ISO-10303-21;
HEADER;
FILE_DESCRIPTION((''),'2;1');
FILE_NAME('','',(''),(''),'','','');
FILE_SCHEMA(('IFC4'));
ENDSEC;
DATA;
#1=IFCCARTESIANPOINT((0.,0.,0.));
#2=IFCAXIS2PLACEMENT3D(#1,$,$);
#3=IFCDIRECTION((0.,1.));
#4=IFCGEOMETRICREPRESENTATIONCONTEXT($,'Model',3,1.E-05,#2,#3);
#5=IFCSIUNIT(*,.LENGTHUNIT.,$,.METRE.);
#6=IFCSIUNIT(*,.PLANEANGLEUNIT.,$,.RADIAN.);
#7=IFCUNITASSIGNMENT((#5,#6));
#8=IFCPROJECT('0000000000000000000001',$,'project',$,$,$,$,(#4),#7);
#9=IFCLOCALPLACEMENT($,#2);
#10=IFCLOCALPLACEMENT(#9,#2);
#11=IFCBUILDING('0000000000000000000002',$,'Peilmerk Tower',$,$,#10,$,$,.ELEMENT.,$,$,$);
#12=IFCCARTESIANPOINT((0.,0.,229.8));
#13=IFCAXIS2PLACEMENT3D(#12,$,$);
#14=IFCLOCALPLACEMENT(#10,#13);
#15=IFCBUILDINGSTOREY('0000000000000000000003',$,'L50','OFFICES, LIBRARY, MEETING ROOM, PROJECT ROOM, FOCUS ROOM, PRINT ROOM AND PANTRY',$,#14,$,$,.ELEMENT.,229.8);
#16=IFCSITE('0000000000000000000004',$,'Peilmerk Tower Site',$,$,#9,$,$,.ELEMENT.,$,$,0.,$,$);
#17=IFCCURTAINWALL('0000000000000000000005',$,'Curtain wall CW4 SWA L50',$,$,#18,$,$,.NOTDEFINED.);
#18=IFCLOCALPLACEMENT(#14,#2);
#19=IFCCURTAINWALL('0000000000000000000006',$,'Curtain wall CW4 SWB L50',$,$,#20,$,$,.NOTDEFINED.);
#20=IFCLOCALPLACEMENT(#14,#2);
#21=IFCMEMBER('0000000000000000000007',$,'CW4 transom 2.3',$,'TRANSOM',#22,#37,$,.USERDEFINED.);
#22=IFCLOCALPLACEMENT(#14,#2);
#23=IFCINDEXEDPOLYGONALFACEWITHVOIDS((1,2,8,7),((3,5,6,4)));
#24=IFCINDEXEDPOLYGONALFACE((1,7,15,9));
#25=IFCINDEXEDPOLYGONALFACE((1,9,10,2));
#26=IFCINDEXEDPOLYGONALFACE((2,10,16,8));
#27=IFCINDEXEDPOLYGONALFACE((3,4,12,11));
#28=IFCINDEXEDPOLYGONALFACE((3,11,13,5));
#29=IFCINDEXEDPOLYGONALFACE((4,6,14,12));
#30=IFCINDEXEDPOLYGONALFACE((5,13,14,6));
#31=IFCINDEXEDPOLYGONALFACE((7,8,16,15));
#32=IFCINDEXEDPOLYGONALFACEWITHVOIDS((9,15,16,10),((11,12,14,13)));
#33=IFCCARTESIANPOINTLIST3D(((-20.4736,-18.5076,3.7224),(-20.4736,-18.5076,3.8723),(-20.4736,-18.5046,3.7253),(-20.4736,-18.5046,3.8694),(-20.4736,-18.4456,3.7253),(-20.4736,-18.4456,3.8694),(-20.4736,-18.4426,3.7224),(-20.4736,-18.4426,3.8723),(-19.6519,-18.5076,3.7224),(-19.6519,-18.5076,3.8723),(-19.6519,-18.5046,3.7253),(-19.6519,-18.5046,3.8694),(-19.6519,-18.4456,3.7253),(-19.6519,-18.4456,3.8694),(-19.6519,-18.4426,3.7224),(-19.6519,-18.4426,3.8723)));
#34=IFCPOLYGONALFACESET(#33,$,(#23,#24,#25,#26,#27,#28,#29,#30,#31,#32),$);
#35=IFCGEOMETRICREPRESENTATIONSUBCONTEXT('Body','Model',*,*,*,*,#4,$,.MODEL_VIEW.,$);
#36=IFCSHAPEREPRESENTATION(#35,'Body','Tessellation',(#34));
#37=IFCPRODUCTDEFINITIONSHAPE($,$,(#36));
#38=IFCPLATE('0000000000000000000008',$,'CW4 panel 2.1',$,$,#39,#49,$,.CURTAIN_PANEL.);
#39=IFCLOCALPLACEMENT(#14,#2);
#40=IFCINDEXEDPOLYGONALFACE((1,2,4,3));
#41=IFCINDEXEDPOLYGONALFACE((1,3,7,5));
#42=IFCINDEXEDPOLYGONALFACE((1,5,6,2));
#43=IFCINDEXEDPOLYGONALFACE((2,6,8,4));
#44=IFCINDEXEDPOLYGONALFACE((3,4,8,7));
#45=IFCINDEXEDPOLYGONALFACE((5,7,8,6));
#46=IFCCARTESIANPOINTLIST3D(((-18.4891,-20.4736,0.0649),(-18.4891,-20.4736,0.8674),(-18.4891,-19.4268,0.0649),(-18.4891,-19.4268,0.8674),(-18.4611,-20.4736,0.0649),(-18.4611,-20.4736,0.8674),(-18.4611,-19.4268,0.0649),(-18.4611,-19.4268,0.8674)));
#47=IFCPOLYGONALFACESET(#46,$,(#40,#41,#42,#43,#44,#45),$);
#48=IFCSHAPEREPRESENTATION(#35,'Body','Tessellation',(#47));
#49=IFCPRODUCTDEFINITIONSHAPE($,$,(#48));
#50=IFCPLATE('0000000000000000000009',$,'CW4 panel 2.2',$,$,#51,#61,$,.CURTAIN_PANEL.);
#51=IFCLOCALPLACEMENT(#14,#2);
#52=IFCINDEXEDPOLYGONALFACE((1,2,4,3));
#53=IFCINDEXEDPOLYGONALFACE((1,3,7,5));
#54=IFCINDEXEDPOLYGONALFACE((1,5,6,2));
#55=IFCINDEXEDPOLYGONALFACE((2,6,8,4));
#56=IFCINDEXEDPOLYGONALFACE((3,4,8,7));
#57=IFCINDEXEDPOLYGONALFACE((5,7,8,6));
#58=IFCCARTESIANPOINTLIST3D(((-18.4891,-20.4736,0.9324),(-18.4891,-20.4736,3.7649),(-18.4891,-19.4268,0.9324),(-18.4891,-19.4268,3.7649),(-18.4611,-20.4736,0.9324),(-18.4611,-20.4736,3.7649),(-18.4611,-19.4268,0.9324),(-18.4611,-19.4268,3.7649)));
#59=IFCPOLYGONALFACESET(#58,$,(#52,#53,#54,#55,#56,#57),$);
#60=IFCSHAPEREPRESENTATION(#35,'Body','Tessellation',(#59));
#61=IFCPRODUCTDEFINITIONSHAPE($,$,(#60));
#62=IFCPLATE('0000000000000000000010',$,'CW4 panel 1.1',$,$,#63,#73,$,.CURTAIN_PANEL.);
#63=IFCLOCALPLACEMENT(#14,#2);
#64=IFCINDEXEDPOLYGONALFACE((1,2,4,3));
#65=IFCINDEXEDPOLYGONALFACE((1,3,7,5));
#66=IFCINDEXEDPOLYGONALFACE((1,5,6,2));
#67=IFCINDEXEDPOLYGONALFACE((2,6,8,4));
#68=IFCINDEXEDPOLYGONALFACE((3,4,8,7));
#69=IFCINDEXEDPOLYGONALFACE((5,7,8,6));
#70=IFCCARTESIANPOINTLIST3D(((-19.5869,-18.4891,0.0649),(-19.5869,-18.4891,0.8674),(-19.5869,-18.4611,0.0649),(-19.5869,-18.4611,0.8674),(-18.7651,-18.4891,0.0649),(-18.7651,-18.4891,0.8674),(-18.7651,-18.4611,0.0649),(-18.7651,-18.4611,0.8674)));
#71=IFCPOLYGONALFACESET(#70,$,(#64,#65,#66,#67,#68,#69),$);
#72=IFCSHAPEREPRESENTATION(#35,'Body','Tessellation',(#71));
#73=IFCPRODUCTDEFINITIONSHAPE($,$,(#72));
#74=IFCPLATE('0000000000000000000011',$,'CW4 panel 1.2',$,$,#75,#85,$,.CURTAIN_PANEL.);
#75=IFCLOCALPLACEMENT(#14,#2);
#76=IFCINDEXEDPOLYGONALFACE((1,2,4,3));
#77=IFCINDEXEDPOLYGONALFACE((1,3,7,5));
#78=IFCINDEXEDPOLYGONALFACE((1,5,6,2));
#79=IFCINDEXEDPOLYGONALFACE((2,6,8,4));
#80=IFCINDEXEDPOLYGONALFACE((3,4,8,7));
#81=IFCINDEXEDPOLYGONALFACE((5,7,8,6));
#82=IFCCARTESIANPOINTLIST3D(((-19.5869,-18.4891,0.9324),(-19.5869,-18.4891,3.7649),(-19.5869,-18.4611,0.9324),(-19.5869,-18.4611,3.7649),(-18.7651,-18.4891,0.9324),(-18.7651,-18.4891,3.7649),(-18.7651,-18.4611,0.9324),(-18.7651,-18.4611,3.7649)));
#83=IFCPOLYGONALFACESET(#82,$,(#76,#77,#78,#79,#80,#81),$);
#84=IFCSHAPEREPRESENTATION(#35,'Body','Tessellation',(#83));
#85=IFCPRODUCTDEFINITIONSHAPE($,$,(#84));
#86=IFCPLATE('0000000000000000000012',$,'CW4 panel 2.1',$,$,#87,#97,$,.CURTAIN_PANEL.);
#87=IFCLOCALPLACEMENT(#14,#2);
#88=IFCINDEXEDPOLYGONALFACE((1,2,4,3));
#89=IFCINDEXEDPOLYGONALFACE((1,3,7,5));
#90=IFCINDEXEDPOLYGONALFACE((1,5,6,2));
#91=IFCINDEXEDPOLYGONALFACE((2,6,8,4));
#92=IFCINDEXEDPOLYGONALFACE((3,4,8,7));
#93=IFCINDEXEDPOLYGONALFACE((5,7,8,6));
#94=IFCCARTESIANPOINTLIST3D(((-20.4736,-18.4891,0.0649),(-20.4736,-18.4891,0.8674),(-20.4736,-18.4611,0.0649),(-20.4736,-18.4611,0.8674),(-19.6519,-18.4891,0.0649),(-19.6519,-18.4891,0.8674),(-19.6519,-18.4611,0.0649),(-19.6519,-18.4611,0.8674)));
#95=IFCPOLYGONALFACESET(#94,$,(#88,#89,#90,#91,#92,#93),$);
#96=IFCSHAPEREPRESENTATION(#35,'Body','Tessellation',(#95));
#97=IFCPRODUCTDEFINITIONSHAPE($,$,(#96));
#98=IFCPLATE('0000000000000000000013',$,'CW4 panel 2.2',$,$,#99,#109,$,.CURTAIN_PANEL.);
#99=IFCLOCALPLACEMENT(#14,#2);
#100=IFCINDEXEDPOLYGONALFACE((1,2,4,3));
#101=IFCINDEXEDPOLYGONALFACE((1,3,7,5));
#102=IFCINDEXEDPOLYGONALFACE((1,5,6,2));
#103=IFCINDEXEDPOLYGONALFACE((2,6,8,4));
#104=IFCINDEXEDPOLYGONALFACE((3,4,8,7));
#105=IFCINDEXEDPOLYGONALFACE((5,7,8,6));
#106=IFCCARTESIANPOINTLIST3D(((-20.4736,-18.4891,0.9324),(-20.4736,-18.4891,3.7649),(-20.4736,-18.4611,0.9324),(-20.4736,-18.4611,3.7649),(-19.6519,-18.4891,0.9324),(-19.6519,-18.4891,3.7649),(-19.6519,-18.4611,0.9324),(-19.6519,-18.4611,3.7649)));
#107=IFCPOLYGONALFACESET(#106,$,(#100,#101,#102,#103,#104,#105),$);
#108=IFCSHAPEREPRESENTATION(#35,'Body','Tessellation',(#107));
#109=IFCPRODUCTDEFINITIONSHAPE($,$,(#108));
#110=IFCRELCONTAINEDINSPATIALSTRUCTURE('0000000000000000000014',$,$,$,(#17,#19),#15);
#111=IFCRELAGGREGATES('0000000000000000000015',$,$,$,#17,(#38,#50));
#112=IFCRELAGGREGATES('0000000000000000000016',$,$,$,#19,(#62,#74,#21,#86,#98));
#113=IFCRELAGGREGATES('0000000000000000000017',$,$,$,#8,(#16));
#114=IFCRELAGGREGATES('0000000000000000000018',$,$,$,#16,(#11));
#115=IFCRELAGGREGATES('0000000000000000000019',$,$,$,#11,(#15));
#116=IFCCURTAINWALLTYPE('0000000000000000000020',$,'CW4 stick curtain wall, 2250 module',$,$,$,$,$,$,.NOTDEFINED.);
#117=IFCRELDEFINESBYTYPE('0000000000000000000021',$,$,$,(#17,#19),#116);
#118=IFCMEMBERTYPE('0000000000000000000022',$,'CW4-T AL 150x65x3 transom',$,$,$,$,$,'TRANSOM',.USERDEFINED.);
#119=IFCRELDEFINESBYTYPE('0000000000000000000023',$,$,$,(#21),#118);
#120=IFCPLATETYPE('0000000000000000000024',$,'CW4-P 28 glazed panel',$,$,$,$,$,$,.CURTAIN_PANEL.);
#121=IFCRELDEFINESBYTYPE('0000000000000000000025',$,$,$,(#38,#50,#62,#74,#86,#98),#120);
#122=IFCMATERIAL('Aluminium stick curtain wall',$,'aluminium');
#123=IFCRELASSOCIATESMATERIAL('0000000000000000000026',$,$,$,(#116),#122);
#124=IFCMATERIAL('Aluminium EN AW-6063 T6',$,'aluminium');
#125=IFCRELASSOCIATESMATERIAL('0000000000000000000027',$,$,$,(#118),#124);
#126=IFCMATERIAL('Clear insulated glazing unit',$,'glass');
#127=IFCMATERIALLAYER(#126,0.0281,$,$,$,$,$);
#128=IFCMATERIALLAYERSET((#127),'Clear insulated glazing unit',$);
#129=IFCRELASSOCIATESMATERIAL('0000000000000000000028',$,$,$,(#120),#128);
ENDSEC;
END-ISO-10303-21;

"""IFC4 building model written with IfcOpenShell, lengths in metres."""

from ifc_helpers import new_model, si_unit, direction, frame, origin, origin_2d, place, context, subcontext, project, spatial, rectangle, hollow_rectangle, extrude, material, layer, layer_set, material_profile, profile_set, type_object, element, aggregate, save


model = new_model("IFC4")

# Units and contexts
model_context = context("Model", 3, precision=1e-05, world=origin(), true_north=direction((0.0, 1.0)))
body_context = subcontext(model_context, "Body", "Model", "MODEL_VIEW")
ifc_project = project(units=[si_unit("LENGTHUNIT", "METRE"), si_unit("PLANEANGLEUNIT", "RADIAN")], contexts=[model_context])

# Site, building, storey
site_placement = place(None, origin())
site = spatial("IfcSite", under=ifc_project, at=site_placement, Name="Peilmerk Tower Site", CompositionType="ELEMENT", RefElevation=0.0)
building_placement = place(site_placement, origin())
building = spatial("IfcBuilding", under=site, at=building_placement, Name="Peilmerk Tower", CompositionType="ELEMENT")
storey_placement = place(building_placement, frame((0.0, 0.0, 229.8)))
storey = spatial("IfcBuildingStorey", under=building, at=storey_placement, Name="L50", Description="OFFICES, LIBRARY, MEETING ROOM, PROJECT ROOM, FOCUS ROOM, PRINT ROOM AND PANTRY", CompositionType="ELEMENT", Elevation=229.8)

# Curtain wall
ifc_material_1 = material(Name="Aluminium stick curtain wall", Category="aluminium")
curtain_wall_type = type_object("IfcCurtainWallType", Name="CW4 stick curtain wall, 2250 module", PredefinedType="NOTDEFINED", material=ifc_material_1)
curtain_wall_1_placement = place(storey_placement, origin())
curtain_wall_1 = element("IfcCurtainWall", 1, at=curtain_wall_1_placement, inside=storey, type_object=curtain_wall_type, Name="Curtain wall CW4 SWA L50", PredefinedType="NOTDEFINED")
ifc_material_2 = material(Name="Aluminium EN AW-6063 T6", Category="aluminium")

# Curtain wall
curtain_wall_2_placement = place(storey_placement, origin())
curtain_wall_2 = element("IfcCurtainWall", 2, at=curtain_wall_2_placement, inside=storey, type_object=curtain_wall_type, Name="Curtain wall CW4 SWB L50", PredefinedType="NOTDEFINED")

# Member
ifc_material_profile_1 = material_profile(ifc_material_2, hollow_rectangle(XDim=0.0649, YDim=0.1499, WallThickness=0.0029, at=origin_2d()), Name="AL 150x65x3")
ifc_profile_set_1 = profile_set([ifc_material_profile_1], Name="Aluminium EN AW-6063 T6")
member_type_1 = type_object("IfcMemberType", Name="CW4-T AL 150x65x3 transom", ElementType="TRANSOM", PredefinedType="USERDEFINED", material=ifc_profile_set_1)
member_1_placement = place(storey_placement, frame((-19.6519, -18.4751, 3.7974), z_axis=(-1.0, 0.0, 0.0), x_axis=(0.0, -1.0, 0.0)))
member_1 = element("IfcMember", 3, at=member_1_placement, type_object=member_type_1, Name="CW4 transom 2.3", ObjectType="TRANSOM", PredefinedType="USERDEFINED", context=body_context, shape_type="SweptSolid", body=[
    extrude(hollow_rectangle(XDim=0.0649, YDim=0.1499, WallThickness=0.0029, at=origin_2d()), origin(), (0.0, 0.0, 1.0), 0.8218),
])

# Plates
ifc_material_3 = material(Name="Clear insulated glazing unit", Category="glass")
ifc_layer_1 = layer(ifc_material_3, 0.0281)
ifc_layer_set_1 = layer_set([ifc_layer_1], Name="Clear insulated glazing unit")
plate_type = type_object("IfcPlateType", Name="CW4-P 28 glazed panel", PredefinedType="CURTAIN_PANEL", material=ifc_layer_set_1)
plate_1_placement = place(storey_placement, frame((-18.4751, -19.9502, 0.0649), z_axis=(0.0, 0.0, 1.0), x_axis=(0.0, -1.0, 0.0)))
plate_1 = element("IfcPlate", 4, at=plate_1_placement, type_object=plate_type, Name="CW4 panel 2.1", PredefinedType="CURTAIN_PANEL", context=body_context, shape_type="SweptSolid", body=[
    extrude(rectangle(XDim=1.0469, YDim=0.0281, at=origin_2d()), origin(), (0.0, 0.0, 1.0), 0.8025),
])
plate_2_placement = place(storey_placement, frame((-18.4751, -19.9502, 0.9324), z_axis=(0.0, 0.0, 1.0), x_axis=(0.0, -1.0, 0.0)))
plate_2 = element("IfcPlate", 5, at=plate_2_placement, type_object=plate_type, Name="CW4 panel 2.2", PredefinedType="CURTAIN_PANEL", context=body_context, shape_type="SweptSolid", body=[
    extrude(rectangle(XDim=1.0469, YDim=0.0281, at=origin_2d()), origin(), (0.0, 0.0, 1.0), 2.8325),
])
aggregate(curtain_wall_1, [plate_1, plate_2])
plate_3_placement = place(storey_placement, frame((-19.176, -18.4751, 0.0649), z_axis=(0.0, 0.0, 1.0), x_axis=(-1.0, 0.0, 0.0)))
plate_3 = element("IfcPlate", 6, at=plate_3_placement, type_object=plate_type, Name="CW4 panel 1.1", PredefinedType="CURTAIN_PANEL", context=body_context, shape_type="SweptSolid", body=[
    extrude(rectangle(XDim=0.8218, YDim=0.0281, at=origin_2d()), origin(), (0.0, 0.0, 1.0), 0.8025),
])
plate_4_placement = place(storey_placement, frame((-19.176, -18.4751, 0.9324), z_axis=(0.0, 0.0, 1.0), x_axis=(-1.0, 0.0, 0.0)))
plate_4 = element("IfcPlate", 7, at=plate_4_placement, type_object=plate_type, Name="CW4 panel 1.2", PredefinedType="CURTAIN_PANEL", context=body_context, shape_type="SweptSolid", body=[
    extrude(rectangle(XDim=0.8218, YDim=0.0281, at=origin_2d()), origin(), (0.0, 0.0, 1.0), 2.8325),
])
plate_5_placement = place(storey_placement, frame((-20.0627, -18.4751, 0.0649), z_axis=(0.0, 0.0, 1.0), x_axis=(-1.0, 0.0, 0.0)))
plate_5 = element("IfcPlate", 8, at=plate_5_placement, type_object=plate_type, Name="CW4 panel 2.1", PredefinedType="CURTAIN_PANEL", context=body_context, shape_type="SweptSolid", body=[
    extrude(rectangle(XDim=0.8218, YDim=0.0281, at=origin_2d()), origin(), (0.0, 0.0, 1.0), 0.8025),
])
plate_6_placement = place(storey_placement, frame((-20.0627, -18.4751, 0.9324), z_axis=(0.0, 0.0, 1.0), x_axis=(-1.0, 0.0, 0.0)))
plate_6 = element("IfcPlate", 9, at=plate_6_placement, type_object=plate_type, Name="CW4 panel 2.2", PredefinedType="CURTAIN_PANEL", context=body_context, shape_type="SweptSolid", body=[
    extrude(rectangle(XDim=0.8218, YDim=0.0281, at=origin_2d()), origin(), (0.0, 0.0, 1.0), 2.8325),
])
aggregate(curtain_wall_2, [plate_3, plate_4, member_1, plate_5, plate_6])

save(model, "model.ifc")
